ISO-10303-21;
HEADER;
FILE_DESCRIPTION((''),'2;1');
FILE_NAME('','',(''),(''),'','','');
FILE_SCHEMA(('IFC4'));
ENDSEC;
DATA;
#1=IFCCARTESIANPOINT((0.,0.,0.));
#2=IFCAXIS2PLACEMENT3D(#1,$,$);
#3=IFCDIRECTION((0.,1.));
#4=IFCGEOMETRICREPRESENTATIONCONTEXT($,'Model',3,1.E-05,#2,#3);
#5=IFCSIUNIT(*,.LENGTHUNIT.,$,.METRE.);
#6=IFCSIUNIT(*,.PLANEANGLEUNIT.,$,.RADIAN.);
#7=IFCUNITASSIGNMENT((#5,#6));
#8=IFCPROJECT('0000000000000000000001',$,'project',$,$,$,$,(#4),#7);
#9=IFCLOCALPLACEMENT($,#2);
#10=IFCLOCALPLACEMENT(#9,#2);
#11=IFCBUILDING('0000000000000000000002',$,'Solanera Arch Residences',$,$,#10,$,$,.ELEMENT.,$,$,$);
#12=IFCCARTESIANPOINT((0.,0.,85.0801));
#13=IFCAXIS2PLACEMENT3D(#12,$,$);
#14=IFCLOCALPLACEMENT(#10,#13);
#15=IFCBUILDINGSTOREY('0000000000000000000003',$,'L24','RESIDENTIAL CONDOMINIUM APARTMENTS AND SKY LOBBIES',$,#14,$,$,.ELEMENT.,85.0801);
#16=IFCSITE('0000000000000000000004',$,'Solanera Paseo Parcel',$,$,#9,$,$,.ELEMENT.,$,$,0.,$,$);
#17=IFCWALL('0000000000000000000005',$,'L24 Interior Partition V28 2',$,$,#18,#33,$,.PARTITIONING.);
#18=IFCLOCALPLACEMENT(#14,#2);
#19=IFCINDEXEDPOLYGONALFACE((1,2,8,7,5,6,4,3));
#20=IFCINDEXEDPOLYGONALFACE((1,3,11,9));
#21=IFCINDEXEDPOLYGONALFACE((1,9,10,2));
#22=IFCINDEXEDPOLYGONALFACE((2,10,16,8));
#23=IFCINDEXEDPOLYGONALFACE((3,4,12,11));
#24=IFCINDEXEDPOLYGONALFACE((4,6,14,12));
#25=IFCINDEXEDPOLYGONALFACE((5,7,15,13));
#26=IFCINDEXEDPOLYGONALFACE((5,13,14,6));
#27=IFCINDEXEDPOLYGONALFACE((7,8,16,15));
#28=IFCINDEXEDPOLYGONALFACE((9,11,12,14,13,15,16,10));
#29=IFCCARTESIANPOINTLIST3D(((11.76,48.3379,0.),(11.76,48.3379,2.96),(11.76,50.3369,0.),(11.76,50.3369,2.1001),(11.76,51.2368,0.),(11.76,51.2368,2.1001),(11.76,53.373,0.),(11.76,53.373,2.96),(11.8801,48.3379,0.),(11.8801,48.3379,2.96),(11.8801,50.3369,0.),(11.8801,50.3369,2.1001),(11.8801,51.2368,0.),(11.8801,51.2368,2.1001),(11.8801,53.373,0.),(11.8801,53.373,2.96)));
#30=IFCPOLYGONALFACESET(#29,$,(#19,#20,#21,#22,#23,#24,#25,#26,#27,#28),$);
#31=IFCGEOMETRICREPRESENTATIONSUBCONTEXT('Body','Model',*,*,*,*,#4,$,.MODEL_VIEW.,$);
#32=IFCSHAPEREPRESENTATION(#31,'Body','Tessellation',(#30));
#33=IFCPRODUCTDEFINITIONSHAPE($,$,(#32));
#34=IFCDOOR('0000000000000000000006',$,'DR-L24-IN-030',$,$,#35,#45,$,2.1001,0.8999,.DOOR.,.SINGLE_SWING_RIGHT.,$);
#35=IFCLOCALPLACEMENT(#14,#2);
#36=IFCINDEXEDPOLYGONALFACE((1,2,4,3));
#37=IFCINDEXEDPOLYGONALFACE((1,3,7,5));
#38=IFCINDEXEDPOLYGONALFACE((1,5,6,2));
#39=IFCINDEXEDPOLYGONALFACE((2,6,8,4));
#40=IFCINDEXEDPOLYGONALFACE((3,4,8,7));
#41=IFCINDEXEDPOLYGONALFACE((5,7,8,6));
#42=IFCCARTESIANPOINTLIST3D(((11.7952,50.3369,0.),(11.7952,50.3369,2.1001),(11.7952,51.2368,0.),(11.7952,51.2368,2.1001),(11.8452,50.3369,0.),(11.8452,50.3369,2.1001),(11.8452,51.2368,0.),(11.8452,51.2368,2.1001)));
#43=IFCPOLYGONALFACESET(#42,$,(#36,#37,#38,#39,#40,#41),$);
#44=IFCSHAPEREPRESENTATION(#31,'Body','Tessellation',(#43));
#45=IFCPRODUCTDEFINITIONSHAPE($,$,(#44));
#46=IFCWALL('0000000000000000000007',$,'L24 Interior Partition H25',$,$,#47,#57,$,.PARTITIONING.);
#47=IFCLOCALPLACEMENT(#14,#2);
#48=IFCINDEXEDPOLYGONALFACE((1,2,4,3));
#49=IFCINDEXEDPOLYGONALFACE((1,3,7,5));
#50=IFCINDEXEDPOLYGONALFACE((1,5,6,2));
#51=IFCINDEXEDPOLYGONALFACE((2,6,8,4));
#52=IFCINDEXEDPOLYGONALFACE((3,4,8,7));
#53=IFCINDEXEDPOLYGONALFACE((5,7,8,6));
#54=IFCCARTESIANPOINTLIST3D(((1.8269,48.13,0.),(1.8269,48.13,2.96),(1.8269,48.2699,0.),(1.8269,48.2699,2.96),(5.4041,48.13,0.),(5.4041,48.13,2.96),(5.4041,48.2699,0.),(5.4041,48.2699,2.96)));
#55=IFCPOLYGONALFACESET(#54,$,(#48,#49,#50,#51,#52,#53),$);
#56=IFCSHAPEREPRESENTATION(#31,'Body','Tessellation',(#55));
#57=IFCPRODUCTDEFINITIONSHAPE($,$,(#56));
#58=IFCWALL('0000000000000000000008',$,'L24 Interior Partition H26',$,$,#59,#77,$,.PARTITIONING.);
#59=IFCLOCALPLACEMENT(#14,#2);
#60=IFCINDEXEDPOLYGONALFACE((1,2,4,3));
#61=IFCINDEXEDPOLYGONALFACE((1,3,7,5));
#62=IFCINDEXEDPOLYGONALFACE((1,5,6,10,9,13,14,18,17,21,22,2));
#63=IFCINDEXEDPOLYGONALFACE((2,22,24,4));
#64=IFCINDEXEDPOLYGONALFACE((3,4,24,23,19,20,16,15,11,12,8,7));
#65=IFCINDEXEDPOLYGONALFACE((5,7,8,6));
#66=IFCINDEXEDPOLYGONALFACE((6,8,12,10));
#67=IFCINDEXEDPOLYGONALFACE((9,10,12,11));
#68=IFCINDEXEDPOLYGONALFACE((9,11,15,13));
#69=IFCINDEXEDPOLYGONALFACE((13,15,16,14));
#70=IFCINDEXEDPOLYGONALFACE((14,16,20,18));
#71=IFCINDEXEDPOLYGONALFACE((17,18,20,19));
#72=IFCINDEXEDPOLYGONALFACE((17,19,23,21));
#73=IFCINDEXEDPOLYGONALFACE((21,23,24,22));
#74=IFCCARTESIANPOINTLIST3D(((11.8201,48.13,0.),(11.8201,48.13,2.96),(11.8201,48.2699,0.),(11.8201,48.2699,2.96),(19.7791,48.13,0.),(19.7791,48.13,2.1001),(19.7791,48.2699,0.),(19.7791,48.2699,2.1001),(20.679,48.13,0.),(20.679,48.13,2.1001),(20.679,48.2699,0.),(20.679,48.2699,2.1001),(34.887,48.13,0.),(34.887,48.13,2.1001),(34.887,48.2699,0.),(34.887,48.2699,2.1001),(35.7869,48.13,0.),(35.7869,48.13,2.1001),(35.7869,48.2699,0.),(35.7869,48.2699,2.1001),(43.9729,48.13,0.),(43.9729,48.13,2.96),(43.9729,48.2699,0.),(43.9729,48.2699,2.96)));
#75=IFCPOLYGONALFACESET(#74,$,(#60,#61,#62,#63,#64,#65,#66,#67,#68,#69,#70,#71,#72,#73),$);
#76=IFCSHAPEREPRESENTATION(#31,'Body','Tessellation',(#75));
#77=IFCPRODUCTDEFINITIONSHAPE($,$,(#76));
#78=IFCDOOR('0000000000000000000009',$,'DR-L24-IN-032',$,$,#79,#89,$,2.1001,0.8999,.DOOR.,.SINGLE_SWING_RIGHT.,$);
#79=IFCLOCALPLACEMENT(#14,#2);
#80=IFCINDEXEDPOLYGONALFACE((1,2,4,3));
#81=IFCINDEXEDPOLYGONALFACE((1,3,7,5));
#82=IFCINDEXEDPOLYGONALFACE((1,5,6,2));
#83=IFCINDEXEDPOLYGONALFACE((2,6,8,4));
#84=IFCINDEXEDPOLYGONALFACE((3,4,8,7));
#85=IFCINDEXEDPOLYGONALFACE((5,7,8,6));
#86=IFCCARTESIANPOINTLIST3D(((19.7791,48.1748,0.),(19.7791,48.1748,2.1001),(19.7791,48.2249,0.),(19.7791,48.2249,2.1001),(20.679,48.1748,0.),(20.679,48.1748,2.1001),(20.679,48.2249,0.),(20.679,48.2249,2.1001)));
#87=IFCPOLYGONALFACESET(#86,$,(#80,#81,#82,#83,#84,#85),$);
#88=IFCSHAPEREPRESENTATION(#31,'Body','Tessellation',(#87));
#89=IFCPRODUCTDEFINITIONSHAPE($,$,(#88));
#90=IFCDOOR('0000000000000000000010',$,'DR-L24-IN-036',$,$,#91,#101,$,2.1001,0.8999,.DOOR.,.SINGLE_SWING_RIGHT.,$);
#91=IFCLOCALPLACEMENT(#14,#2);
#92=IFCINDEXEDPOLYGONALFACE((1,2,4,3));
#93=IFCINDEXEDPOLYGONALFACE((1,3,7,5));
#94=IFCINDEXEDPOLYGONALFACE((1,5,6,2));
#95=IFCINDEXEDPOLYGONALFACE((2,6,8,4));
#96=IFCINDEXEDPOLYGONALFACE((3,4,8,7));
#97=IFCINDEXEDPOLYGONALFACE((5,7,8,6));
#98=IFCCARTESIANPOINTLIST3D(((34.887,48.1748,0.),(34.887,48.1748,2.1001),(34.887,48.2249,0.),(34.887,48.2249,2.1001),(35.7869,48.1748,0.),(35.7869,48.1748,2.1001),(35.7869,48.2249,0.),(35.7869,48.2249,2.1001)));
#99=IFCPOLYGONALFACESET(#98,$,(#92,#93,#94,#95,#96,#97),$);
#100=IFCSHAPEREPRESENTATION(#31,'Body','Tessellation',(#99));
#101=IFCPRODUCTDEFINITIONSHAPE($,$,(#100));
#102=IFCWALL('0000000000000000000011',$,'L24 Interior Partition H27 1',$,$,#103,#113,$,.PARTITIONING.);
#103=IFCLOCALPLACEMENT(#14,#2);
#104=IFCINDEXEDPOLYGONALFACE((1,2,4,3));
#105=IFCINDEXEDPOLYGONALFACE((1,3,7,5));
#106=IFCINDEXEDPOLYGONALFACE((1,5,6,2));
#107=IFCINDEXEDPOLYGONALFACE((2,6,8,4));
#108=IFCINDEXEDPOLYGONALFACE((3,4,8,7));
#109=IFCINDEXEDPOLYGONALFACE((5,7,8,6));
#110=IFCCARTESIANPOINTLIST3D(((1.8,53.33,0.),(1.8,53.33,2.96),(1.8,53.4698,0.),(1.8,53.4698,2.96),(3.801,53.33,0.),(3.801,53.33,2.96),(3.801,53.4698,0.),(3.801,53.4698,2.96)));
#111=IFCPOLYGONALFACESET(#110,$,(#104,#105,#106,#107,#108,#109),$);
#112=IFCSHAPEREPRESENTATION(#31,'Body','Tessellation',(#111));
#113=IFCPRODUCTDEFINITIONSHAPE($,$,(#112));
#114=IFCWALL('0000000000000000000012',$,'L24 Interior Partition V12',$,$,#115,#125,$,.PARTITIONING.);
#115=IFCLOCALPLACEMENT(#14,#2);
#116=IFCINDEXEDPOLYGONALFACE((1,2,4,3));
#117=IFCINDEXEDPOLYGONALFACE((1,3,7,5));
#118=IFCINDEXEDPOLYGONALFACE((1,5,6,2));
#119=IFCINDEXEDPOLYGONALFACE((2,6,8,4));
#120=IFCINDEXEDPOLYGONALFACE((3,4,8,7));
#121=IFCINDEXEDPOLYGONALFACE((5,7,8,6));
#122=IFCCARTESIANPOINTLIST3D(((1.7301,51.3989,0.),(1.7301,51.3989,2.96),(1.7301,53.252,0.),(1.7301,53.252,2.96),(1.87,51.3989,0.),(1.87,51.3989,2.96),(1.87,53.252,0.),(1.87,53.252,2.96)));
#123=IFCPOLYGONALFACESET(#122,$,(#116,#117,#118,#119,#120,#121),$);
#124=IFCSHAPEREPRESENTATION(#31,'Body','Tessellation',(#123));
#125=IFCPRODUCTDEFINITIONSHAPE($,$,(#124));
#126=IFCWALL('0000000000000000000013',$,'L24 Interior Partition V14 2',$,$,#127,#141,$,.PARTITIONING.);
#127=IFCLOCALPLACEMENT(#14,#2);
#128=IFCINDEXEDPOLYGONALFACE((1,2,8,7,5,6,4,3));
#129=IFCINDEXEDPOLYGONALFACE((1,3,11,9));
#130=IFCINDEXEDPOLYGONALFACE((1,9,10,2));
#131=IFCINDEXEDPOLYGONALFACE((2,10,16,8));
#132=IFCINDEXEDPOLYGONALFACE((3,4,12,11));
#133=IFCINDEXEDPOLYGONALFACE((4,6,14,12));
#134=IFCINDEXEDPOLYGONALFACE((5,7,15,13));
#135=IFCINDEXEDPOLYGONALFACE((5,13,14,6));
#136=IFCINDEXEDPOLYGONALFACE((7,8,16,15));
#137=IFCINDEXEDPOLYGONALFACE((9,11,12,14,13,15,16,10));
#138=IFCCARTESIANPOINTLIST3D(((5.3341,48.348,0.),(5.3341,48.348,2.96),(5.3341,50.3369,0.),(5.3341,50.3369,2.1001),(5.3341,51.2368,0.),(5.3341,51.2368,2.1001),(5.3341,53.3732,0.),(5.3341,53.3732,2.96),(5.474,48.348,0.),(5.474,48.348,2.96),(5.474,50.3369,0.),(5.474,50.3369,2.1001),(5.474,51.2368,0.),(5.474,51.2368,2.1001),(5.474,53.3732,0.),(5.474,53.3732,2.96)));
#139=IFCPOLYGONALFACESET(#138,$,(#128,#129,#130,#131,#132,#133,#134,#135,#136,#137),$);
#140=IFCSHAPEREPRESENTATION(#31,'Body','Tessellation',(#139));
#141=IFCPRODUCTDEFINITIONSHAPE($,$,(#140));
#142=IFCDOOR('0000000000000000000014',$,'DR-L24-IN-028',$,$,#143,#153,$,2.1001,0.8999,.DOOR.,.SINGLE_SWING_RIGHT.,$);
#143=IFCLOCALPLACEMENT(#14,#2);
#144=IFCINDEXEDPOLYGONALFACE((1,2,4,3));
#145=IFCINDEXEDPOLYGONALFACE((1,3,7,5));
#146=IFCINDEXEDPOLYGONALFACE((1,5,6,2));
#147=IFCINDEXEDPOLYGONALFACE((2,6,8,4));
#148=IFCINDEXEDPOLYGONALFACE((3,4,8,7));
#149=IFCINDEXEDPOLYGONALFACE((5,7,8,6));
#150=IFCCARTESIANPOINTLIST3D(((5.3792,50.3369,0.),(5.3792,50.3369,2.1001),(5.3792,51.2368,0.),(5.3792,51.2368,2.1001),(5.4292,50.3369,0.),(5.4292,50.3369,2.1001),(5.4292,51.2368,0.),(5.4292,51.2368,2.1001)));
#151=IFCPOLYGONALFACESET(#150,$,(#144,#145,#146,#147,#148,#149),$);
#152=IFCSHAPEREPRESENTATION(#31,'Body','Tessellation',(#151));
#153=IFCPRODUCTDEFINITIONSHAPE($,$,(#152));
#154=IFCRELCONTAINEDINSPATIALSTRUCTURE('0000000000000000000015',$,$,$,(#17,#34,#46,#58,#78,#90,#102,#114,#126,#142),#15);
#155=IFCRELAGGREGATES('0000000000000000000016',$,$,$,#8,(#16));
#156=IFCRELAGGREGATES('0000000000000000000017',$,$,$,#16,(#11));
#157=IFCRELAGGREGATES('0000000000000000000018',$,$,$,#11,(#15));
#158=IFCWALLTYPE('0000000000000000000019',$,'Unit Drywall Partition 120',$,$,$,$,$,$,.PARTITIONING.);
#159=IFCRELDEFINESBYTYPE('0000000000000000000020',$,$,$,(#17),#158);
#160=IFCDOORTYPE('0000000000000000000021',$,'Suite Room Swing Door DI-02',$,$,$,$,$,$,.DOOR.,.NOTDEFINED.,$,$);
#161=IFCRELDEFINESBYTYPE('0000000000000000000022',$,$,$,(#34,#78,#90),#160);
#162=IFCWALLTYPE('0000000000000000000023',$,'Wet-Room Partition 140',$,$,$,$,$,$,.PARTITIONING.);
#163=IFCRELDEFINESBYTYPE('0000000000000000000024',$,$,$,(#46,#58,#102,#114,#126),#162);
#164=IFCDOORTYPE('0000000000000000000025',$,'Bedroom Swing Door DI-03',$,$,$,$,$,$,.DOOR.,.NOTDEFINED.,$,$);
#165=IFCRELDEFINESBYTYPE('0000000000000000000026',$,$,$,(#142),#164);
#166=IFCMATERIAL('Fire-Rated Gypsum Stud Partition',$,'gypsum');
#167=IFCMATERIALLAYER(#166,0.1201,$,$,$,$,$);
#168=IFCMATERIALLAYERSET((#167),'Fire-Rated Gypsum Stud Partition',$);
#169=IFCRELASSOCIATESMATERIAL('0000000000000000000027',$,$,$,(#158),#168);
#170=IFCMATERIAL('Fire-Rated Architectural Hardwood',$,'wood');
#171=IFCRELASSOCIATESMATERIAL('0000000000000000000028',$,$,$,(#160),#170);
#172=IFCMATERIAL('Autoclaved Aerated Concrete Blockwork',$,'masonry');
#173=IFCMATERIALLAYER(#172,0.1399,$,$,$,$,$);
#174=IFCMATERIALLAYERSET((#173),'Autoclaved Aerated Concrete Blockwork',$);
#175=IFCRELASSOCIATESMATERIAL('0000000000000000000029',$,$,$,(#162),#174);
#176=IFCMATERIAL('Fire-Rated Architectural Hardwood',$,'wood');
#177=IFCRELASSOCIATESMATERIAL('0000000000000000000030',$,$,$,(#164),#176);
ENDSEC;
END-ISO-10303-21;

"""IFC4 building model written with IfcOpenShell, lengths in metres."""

from ifc_helpers import new_model, si_unit, direction, frame, frame_2d, origin, place, context, subcontext, project, spatial, rectangle, extrude, material, layer, layer_set, type_object, element, fill, save


model = new_model("IFC4")

# Units and contexts
model_context = context("Model", 3, precision=1e-05, world=origin(), true_north=direction((0.0, 1.0)))
body_context = subcontext(model_context, "Body", "Model", "MODEL_VIEW")
ifc_project = project(units=[si_unit("LENGTHUNIT", "METRE"), si_unit("PLANEANGLEUNIT", "RADIAN")], contexts=[model_context])

# Site, building, storey
site_placement = place(None, origin())
site = spatial("IfcSite", under=ifc_project, at=site_placement, Name="Solanera Paseo Parcel", CompositionType="ELEMENT", RefElevation=0.0)
building_placement = place(site_placement, origin())
building = spatial("IfcBuilding", under=site, at=building_placement, Name="Solanera Arch Residences", CompositionType="ELEMENT")
storey_placement = place(building_placement, frame((0.0, 0.0, 85.0801)))
storey = spatial("IfcBuildingStorey", under=building, at=storey_placement, Name="L24", Description="RESIDENTIAL CONDOMINIUM APARTMENTS AND SKY LOBBIES", CompositionType="ELEMENT", Elevation=85.0801)

# Wall, opening, door
ifc_material_1 = material(Name="Fire-Rated Gypsum Stud Partition", Category="gypsum")
ifc_layer_1 = layer(ifc_material_1, 0.1201)
ifc_layer_set_1 = layer_set([ifc_layer_1], Name="Fire-Rated Gypsum Stud Partition")
wall_type_1 = type_object("IfcWallType", Name="Unit Drywall Partition 120", PredefinedType="PARTITIONING", material=ifc_layer_set_1)
wall_1_placement = place(storey_placement, frame((11.8201, 48.3379, 0.0), z_axis=(0.0, 0.0, 1.0), x_axis=(0.0, 1.0, 0.0)))
wall_1 = element("IfcWall", 1, at=wall_1_placement, inside=storey, type_object=wall_type_1, Name="L24 Interior Partition V28 2", PredefinedType="PARTITIONING", context=body_context, shape_type="SweptSolid", body=[
    extrude(rectangle(XDim=5.0352, YDim=0.1201, at=frame_2d((2.5176, 0.0))), origin(), (0.0, 0.0, 1.0), 2.96),
])
opening_1_placement = place(wall_1_placement, frame((1.999, 0.0, 0.0)))
opening_1 = element("IfcOpeningElement", 2, at=opening_1_placement, cuts=wall_1, PredefinedType="OPENING", context=body_context, shape_type="SweptSolid", body=[
    extrude(rectangle(XDim=0.8999, YDim=2.1001, at=frame_2d((0.45, 1.05))), frame((0.0, 0.0701, 0.0), z_axis=(0.0, -1.0, 0.0), x_axis=(1.0, 0.0, 0.0)), (0.0, 0.0, 1.0), 0.1401),
])
ifc_material_2 = material(Name="Fire-Rated Architectural Hardwood", Category="wood")
door_type_1 = type_object("IfcDoorType", Name="Suite Room Swing Door DI-02", OperationType="NOTDEFINED", PredefinedType="DOOR", material=ifc_material_2)
door_1_placement = place(opening_1_placement, origin())
door_1 = element("IfcDoor", 3, at=door_1_placement, inside=storey, type_object=door_type_1, Name="DR-L24-IN-030", OperationType="SINGLE_SWING_RIGHT", OverallHeight=2.1001, OverallWidth=0.8999, PredefinedType="DOOR", context=body_context, shape_type="SweptSolid", body=[
    extrude(rectangle(XDim=0.8999, YDim=2.1001, at=frame_2d((0.45, 1.05))), frame((0.0, 0.0249, 0.0), z_axis=(0.0, -1.0, 0.0), x_axis=(1.0, 0.0, 0.0)), (0.0, 0.0, 1.0), 0.05),
])
fill(opening_1, door_1)

# Wall
ifc_material_3 = material(Name="Autoclaved Aerated Concrete Blockwork", Category="masonry")
ifc_layer_2 = layer(ifc_material_3, 0.1399)
ifc_layer_set_2 = layer_set([ifc_layer_2], Name="Autoclaved Aerated Concrete Blockwork")
wall_type_2 = type_object("IfcWallType", Name="Wet-Room Partition 140", PredefinedType="PARTITIONING", material=ifc_layer_set_2)
wall_2_placement = place(storey_placement, frame((1.8269, 48.2, 0.0), z_axis=(0.0, 0.0, 1.0), x_axis=(1.0, 0.0, 0.0)))
element("IfcWall", 4, at=wall_2_placement, inside=storey, type_object=wall_type_2, Name="L24 Interior Partition H25", PredefinedType="PARTITIONING", context=body_context, shape_type="SweptSolid", body=[
    extrude(rectangle(XDim=3.5771, YDim=0.1399, at=frame_2d((1.7886, 0.0))), origin(), (0.0, 0.0, 1.0), 2.96),
])

# Wall, openings, doors
wall_3_placement = place(storey_placement, frame((11.8201, 48.2, 0.0), z_axis=(0.0, 0.0, 1.0), x_axis=(1.0, 0.0, 0.0)))
wall_3 = element("IfcWall", 5, at=wall_3_placement, inside=storey, type_object=wall_type_2, Name="L24 Interior Partition H26", PredefinedType="PARTITIONING", context=body_context, shape_type="SweptSolid", body=[
    extrude(rectangle(XDim=32.1528, YDim=0.1399, at=frame_2d((16.0764, 0.0))), origin(), (0.0, 0.0, 1.0), 2.96),
])
opening_2_placement = place(wall_3_placement, frame((7.959, 0.0, 0.0)))
opening_2 = element("IfcOpeningElement", 6, at=opening_2_placement, cuts=wall_3, PredefinedType="OPENING", context=body_context, shape_type="SweptSolid", body=[
    extrude(rectangle(XDim=0.8999, YDim=2.1001, at=frame_2d((0.45, 1.05))), frame((0.0, 0.0798, 0.0), z_axis=(0.0, -1.0, 0.0), x_axis=(1.0, 0.0, 0.0)), (0.0, 0.0, 1.0), 0.1599),
])
opening_3_placement = place(wall_3_placement, frame((23.0669, 0.0, 0.0)))
opening_3 = element("IfcOpeningElement", 7, at=opening_3_placement, cuts=wall_3, PredefinedType="OPENING", context=body_context, shape_type="SweptSolid", body=[
    extrude(rectangle(XDim=0.8999, YDim=2.1001, at=frame_2d((0.45, 1.05))), frame((0.0, 0.0798, 0.0), z_axis=(0.0, -1.0, 0.0), x_axis=(1.0, 0.0, 0.0)), (0.0, 0.0, 1.0), 0.1599),
])
door_2_placement = place(opening_2_placement, origin())
door_2 = element("IfcDoor", 8, at=door_2_placement, inside=storey, type_object=door_type_1, Name="DR-L24-IN-032", OperationType="SINGLE_SWING_RIGHT", OverallHeight=2.1001, OverallWidth=0.8999, PredefinedType="DOOR", context=body_context, shape_type="SweptSolid", body=[
    extrude(rectangle(XDim=0.8999, YDim=2.1001, at=frame_2d((0.45, 1.05))), frame((0.0, 0.0249, 0.0), z_axis=(0.0, -1.0, 0.0), x_axis=(1.0, 0.0, 0.0)), (0.0, 0.0, 1.0), 0.05),
])
fill(opening_2, door_2)
door_3_placement = place(opening_3_placement, origin())
door_3 = element("IfcDoor", 9, at=door_3_placement, inside=storey, type_object=door_type_1, Name="DR-L24-IN-036", OperationType="SINGLE_SWING_RIGHT", OverallHeight=2.1001, OverallWidth=0.8999, PredefinedType="DOOR", context=body_context, shape_type="SweptSolid", body=[
    extrude(rectangle(XDim=0.8999, YDim=2.1001, at=frame_2d((0.45, 1.05))), frame((0.0, 0.0249, 0.0), z_axis=(0.0, -1.0, 0.0), x_axis=(1.0, 0.0, 0.0)), (0.0, 0.0, 1.0), 0.05),
])
fill(opening_3, door_3)

# Walls
wall_4_placement = place(storey_placement, frame((1.8, 53.3999, 0.0), z_axis=(0.0, 0.0, 1.0), x_axis=(1.0, 0.0, 0.0)))
element("IfcWall", 10, at=wall_4_placement, inside=storey, type_object=wall_type_2, Name="L24 Interior Partition H27 1", PredefinedType="PARTITIONING", context=body_context, shape_type="SweptSolid", body=[
    extrude(rectangle(XDim=2.001, YDim=0.1399, at=frame_2d((1.0005, 0.0))), origin(), (0.0, 0.0, 1.0), 2.96),
])
wall_5_placement = place(storey_placement, frame((1.8, 51.3989, 0.0), z_axis=(0.0, 0.0, 1.0), x_axis=(0.0, 1.0, 0.0)))
element("IfcWall", 11, at=wall_5_placement, inside=storey, type_object=wall_type_2, Name="L24 Interior Partition V12", PredefinedType="PARTITIONING", context=body_context, shape_type="SweptSolid", body=[
    extrude(rectangle(XDim=1.853, YDim=0.1399, at=frame_2d((0.9265, 0.0))), origin(), (0.0, 0.0, 1.0), 2.96),
])

# Wall, opening, door
wall_6_placement = place(storey_placement, frame((5.4041, 48.3479, 0.0), z_axis=(0.0, 0.0, 1.0), x_axis=(0.0, 1.0, 0.0)))
wall_6 = element("IfcWall", 12, at=wall_6_placement, inside=storey, type_object=wall_type_2, Name="L24 Interior Partition V14 2", PredefinedType="PARTITIONING", context=body_context, shape_type="SweptSolid", body=[
    extrude(rectangle(XDim=5.0251, YDim=0.1399, at=frame_2d((2.5127, 0.0))), origin(), (0.0, 0.0, 1.0), 2.96),
])
opening_4_placement = place(wall_6_placement, frame((1.989, 0.0, 0.0)))
opening_4 = element("IfcOpeningElement", 13, at=opening_4_placement, cuts=wall_6, PredefinedType="OPENING", context=body_context, shape_type="SweptSolid", body=[
    extrude(rectangle(XDim=0.8999, YDim=2.1001, at=frame_2d((0.45, 1.05))), frame((0.0, 0.0798, 0.0), z_axis=(0.0, -1.0, 0.0), x_axis=(1.0, 0.0, 0.0)), (0.0, 0.0, 1.0), 0.1599),
])
ifc_material_4 = material(Name="Fire-Rated Architectural Hardwood", Category="wood")
door_type_2 = type_object("IfcDoorType", Name="Bedroom Swing Door DI-03", OperationType="NOTDEFINED", PredefinedType="DOOR", material=ifc_material_4)
door_4_placement = place(opening_4_placement, origin())
door_4 = element("IfcDoor", 14, at=door_4_placement, inside=storey, type_object=door_type_2, Name="DR-L24-IN-028", OperationType="SINGLE_SWING_RIGHT", OverallHeight=2.1001, OverallWidth=0.8999, PredefinedType="DOOR", context=body_context, shape_type="SweptSolid", body=[
    extrude(rectangle(XDim=0.8999, YDim=2.1001, at=frame_2d((0.45, 1.05))), frame((0.0, 0.0249, 0.0), z_axis=(0.0, -1.0, 0.0), x_axis=(1.0, 0.0, 0.0)), (0.0, 0.0, 1.0), 0.05),
])
fill(opening_4, door_4)

save(model, "model.ifc")
